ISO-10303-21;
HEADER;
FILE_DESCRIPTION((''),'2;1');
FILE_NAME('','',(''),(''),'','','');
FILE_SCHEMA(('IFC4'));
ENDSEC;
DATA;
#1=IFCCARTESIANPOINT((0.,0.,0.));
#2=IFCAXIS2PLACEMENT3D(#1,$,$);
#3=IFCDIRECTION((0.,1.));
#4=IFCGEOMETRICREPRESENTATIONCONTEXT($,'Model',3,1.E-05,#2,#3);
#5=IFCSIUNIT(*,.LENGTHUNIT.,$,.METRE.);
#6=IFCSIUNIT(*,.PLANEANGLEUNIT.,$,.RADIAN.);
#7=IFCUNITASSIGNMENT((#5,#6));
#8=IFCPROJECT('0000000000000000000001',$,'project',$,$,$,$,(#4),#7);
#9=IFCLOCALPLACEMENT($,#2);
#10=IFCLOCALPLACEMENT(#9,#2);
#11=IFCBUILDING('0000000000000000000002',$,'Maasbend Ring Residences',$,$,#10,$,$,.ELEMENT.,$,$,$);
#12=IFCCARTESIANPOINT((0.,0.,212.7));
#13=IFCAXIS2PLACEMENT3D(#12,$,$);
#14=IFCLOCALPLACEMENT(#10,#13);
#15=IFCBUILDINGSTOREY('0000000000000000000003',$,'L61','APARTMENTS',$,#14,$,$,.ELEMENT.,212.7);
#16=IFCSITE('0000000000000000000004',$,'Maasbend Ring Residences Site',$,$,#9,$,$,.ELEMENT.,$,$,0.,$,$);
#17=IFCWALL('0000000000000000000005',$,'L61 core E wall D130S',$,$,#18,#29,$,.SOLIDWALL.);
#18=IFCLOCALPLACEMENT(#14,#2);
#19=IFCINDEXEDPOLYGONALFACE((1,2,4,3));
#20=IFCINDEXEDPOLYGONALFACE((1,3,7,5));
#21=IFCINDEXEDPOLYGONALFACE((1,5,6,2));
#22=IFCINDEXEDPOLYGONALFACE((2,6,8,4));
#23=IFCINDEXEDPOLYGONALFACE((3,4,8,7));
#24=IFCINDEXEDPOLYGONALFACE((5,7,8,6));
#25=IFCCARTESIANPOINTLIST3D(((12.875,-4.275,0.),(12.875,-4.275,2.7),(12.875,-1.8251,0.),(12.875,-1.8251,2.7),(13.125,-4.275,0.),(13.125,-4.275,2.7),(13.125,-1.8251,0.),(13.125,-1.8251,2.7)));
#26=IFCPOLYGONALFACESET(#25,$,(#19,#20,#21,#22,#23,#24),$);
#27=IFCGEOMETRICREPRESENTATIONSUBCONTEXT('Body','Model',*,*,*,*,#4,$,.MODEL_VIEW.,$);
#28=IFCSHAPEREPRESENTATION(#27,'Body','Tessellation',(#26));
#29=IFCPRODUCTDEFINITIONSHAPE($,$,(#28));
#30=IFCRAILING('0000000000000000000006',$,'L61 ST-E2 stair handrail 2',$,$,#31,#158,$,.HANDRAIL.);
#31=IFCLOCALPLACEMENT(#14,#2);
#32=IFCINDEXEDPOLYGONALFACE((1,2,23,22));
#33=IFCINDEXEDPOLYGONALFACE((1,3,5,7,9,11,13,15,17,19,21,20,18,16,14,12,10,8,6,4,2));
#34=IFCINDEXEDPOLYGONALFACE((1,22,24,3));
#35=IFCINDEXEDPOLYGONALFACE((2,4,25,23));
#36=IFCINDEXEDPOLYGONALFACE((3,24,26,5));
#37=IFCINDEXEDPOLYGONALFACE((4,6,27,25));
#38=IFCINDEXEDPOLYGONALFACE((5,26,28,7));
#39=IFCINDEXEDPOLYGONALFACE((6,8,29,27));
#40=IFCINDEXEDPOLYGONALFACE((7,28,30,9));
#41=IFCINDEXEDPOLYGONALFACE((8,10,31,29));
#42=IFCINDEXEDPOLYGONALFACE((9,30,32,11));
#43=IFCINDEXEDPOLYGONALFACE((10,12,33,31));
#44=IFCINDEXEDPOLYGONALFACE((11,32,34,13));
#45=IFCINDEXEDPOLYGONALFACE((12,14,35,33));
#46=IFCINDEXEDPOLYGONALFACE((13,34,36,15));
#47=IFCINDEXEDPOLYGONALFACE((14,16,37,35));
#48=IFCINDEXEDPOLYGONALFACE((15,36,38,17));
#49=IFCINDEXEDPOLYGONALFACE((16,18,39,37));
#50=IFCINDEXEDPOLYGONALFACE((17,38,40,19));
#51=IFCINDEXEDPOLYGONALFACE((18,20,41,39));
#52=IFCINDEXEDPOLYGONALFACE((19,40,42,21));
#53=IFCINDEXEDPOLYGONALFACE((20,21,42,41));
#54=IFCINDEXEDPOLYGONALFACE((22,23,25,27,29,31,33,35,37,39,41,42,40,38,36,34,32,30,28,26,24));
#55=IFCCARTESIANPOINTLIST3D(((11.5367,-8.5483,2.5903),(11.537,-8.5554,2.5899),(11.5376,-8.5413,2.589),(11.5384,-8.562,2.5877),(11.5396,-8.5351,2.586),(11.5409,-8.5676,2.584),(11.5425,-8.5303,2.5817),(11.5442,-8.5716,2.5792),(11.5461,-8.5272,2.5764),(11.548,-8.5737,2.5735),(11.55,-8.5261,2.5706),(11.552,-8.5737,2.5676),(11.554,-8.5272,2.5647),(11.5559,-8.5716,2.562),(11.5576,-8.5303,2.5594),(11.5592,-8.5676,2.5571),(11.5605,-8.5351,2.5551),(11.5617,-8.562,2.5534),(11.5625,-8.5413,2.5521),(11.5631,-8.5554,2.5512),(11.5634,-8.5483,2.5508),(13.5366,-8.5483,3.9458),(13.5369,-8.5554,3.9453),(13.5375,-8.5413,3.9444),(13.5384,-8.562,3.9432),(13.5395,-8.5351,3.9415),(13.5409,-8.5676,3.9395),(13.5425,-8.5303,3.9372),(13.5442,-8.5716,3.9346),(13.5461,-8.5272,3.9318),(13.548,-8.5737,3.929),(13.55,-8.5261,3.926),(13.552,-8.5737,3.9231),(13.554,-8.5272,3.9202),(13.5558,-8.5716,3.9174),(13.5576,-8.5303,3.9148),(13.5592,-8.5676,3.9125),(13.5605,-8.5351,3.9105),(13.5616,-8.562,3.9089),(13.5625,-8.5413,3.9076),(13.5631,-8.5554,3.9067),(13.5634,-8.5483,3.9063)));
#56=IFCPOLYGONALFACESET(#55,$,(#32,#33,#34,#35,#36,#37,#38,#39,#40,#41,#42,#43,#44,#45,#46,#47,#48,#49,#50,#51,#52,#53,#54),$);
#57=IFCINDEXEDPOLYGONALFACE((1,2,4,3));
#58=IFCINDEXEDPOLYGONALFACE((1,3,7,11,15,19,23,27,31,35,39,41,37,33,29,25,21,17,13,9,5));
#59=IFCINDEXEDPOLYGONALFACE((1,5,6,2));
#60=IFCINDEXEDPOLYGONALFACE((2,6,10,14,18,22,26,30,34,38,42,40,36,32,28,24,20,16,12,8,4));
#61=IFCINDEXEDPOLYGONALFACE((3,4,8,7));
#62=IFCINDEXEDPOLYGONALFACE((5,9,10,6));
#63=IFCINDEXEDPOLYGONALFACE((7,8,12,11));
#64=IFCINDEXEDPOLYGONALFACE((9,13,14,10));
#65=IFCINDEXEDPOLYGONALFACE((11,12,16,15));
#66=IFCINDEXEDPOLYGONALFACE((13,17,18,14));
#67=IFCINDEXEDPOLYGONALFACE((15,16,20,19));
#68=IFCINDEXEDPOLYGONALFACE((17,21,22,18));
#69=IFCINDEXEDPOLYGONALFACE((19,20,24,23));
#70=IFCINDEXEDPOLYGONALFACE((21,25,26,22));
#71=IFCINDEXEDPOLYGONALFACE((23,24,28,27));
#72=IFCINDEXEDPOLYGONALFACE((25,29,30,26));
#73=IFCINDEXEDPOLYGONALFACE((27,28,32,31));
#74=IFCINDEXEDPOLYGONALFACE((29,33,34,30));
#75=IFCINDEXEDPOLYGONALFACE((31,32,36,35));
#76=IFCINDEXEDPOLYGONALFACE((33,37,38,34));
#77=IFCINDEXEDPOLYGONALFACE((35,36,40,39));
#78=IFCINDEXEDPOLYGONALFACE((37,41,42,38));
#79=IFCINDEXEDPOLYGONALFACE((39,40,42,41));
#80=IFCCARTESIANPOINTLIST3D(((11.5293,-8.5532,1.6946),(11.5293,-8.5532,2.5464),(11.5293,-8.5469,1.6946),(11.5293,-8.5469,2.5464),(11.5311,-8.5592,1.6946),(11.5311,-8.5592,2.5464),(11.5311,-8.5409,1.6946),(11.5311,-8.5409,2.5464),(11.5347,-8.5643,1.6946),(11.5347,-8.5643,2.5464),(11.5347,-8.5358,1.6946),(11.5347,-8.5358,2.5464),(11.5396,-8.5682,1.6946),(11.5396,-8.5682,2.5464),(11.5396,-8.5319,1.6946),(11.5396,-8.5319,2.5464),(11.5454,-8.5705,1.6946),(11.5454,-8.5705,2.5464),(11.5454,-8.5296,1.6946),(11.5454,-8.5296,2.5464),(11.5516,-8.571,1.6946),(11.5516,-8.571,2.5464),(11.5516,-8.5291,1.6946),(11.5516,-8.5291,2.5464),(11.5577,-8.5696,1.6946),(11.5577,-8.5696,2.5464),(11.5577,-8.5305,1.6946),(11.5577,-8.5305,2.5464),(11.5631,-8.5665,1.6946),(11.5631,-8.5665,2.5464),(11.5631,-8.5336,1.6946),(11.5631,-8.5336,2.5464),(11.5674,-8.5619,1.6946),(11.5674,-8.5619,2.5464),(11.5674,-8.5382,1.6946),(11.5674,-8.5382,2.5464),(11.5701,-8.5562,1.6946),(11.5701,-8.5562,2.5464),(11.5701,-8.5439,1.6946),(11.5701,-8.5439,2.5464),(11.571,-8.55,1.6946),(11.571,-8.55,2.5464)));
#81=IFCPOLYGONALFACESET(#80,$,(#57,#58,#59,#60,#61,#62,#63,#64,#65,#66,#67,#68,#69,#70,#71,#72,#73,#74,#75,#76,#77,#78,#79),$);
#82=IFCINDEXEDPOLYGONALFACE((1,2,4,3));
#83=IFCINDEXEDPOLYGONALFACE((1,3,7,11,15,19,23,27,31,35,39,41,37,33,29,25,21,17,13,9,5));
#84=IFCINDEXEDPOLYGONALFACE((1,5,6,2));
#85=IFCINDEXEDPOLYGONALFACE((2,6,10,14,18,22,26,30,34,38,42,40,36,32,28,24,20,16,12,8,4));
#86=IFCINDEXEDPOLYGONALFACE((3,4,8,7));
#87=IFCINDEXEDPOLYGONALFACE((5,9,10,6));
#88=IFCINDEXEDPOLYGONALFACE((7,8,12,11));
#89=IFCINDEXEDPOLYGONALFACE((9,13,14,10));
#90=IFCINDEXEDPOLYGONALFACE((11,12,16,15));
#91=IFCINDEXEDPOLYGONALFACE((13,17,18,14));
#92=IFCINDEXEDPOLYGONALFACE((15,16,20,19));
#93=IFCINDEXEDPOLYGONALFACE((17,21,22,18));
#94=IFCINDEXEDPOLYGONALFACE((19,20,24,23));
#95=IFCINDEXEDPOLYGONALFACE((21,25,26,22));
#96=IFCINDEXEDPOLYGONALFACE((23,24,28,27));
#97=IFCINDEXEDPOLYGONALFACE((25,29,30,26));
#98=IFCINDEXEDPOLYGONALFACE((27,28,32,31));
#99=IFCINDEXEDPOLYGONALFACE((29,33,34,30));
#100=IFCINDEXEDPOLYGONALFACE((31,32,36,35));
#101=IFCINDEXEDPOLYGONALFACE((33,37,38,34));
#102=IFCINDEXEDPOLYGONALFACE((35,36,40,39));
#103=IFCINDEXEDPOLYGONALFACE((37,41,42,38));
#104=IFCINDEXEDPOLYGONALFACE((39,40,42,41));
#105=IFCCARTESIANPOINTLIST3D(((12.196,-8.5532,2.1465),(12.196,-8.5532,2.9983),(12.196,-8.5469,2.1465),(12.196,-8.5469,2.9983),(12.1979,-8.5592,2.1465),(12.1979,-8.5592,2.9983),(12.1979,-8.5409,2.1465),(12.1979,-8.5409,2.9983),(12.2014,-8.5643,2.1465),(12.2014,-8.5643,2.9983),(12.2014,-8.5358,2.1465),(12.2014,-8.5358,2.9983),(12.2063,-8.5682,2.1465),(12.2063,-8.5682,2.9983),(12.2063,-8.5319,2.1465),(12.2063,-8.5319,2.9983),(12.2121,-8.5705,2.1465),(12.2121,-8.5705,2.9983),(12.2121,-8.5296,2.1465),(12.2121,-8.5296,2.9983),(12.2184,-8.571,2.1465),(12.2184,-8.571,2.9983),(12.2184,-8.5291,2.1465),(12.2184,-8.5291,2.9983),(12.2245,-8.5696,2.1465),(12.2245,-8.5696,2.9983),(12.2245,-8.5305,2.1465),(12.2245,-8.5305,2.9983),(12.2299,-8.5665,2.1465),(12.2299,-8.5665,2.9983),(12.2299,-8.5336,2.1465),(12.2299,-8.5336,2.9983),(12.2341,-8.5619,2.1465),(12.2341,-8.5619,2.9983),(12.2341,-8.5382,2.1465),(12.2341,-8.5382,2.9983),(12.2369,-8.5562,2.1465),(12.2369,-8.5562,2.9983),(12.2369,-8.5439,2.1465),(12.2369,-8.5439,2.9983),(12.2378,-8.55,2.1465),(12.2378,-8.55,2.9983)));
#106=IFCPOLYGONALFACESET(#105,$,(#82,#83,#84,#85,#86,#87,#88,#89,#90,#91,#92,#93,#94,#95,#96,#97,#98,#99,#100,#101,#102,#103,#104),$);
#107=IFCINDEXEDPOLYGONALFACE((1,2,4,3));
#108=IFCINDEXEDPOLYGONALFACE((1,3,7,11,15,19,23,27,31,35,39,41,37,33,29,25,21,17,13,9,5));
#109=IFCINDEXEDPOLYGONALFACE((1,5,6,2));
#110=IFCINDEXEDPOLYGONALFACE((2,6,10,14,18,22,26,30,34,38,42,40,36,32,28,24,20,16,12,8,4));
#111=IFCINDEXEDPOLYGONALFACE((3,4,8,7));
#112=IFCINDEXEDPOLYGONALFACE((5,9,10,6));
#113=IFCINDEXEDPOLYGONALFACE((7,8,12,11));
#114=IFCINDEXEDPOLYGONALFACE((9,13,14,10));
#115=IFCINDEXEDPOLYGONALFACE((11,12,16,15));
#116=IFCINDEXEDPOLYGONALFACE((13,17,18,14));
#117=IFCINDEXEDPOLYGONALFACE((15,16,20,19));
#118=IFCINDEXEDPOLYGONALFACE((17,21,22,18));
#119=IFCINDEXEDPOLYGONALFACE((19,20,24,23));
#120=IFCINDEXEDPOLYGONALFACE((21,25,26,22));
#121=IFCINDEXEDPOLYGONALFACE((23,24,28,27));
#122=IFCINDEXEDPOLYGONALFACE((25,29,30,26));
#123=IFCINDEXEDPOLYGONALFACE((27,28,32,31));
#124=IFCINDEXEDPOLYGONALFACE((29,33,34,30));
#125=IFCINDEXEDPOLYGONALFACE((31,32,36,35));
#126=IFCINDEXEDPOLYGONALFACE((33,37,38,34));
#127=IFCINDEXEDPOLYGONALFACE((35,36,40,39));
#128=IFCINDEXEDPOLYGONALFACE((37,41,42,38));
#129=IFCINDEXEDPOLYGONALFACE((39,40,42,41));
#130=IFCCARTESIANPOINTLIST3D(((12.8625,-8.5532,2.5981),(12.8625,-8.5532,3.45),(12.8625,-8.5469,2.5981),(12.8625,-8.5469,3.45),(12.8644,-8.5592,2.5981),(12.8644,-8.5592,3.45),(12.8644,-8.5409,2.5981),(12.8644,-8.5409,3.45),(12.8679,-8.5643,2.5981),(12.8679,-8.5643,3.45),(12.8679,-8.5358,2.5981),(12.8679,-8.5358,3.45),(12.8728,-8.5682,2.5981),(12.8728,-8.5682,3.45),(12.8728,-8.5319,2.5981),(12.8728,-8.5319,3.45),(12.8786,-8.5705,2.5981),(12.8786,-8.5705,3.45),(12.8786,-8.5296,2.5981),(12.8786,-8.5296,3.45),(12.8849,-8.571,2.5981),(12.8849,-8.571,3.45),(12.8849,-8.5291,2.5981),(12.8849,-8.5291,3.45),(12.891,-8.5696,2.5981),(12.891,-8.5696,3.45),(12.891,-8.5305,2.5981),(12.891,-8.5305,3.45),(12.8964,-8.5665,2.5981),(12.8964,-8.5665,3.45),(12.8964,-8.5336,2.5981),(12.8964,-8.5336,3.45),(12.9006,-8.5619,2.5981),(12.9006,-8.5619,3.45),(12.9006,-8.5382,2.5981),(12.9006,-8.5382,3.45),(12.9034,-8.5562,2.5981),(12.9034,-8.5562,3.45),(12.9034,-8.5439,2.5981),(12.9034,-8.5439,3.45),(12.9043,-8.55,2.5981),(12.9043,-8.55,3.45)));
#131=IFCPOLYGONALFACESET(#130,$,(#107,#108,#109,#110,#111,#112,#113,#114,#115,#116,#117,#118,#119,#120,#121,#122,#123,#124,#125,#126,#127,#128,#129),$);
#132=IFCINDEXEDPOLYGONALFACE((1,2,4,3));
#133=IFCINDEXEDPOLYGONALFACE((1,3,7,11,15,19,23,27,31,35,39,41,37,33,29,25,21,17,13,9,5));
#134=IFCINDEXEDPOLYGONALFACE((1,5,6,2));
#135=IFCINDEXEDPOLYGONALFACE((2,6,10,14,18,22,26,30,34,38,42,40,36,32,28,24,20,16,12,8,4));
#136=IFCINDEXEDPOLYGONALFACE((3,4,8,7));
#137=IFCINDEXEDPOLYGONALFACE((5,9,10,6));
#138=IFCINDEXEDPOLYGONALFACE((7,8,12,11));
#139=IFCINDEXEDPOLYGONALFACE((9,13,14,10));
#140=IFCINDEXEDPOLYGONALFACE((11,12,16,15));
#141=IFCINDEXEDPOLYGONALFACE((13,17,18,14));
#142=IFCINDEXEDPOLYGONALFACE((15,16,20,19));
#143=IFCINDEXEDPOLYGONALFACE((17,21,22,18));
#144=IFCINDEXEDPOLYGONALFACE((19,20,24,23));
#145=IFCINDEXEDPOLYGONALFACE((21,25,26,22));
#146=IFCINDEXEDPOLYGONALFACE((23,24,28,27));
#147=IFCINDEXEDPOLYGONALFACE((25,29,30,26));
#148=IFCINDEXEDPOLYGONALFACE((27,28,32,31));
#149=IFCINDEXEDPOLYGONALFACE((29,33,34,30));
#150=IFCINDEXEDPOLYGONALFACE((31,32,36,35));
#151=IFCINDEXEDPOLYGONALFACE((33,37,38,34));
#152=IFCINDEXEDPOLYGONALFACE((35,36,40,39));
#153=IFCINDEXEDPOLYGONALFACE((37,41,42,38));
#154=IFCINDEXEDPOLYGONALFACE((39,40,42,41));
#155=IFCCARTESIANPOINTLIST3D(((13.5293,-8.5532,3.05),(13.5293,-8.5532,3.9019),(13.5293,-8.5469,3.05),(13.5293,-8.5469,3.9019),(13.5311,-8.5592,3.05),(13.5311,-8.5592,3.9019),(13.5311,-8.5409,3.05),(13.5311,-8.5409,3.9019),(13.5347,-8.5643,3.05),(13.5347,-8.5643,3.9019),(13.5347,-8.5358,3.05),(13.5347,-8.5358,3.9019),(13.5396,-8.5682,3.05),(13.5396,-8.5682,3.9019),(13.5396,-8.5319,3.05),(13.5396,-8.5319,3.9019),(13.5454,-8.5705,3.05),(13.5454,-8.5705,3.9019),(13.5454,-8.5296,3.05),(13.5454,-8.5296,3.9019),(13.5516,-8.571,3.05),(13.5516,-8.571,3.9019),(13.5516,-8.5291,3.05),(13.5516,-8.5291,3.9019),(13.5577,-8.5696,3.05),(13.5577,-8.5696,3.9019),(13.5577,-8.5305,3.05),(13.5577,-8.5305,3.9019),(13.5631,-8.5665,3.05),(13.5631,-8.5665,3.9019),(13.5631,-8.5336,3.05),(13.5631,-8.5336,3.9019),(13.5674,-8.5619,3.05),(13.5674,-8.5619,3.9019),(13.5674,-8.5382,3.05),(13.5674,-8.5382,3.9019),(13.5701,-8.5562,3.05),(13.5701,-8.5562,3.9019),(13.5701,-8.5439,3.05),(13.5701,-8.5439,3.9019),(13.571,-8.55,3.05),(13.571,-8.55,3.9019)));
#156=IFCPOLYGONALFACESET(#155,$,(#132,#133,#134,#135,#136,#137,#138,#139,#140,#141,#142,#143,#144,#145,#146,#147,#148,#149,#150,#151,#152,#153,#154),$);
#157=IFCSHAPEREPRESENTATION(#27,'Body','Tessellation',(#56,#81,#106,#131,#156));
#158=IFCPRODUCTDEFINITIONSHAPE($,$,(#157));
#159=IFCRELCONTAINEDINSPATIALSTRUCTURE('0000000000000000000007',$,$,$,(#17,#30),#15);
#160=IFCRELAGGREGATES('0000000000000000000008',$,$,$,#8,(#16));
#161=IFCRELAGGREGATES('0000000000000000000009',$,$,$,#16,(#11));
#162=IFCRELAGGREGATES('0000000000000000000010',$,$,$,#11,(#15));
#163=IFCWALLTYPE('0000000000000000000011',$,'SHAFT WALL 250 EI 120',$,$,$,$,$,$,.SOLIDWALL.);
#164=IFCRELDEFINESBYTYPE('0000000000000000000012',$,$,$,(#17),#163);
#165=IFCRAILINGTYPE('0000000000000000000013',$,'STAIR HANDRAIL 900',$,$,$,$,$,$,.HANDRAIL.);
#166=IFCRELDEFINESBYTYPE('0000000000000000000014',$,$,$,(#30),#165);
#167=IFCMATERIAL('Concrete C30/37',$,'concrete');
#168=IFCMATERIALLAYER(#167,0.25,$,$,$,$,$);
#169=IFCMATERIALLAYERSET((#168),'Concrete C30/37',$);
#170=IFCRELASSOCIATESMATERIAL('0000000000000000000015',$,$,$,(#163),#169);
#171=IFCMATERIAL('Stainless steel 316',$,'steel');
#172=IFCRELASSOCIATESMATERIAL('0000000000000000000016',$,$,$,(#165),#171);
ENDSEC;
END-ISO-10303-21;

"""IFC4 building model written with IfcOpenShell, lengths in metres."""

from ifc_helpers import new_model, si_unit, direction, frame, frame_2d, origin, origin_2d, place, context, subcontext, project, spatial, rectangle, circle, extrude, material, layer, layer_set, type_object, element, save


model = new_model("IFC4")

# Units and contexts
model_context = context("Model", 3, precision=1e-05, world=origin(), true_north=direction((0.0, 1.0)))
body_context = subcontext(model_context, "Body", "Model", "MODEL_VIEW")
ifc_project = project(units=[si_unit("LENGTHUNIT", "METRE"), si_unit("PLANEANGLEUNIT", "RADIAN")], contexts=[model_context])

# Site, building, storey
site_placement = place(None, origin())
site = spatial("IfcSite", under=ifc_project, at=site_placement, Name="Maasbend Ring Residences Site", CompositionType="ELEMENT", RefElevation=0.0)
building_placement = place(site_placement, origin())
building = spatial("IfcBuilding", under=site, at=building_placement, Name="Maasbend Ring Residences", CompositionType="ELEMENT")
storey_placement = place(building_placement, frame((0.0, 0.0, 212.7)))
storey = spatial("IfcBuildingStorey", under=building, at=storey_placement, Name="L61", Description="APARTMENTS", CompositionType="ELEMENT", Elevation=212.7)

# Wall
ifc_material_1 = material(Name="Concrete C30/37", Category="concrete")
ifc_layer_1 = layer(ifc_material_1, 0.25)
ifc_layer_set_1 = layer_set([ifc_layer_1], Name="Concrete C30/37")
wall_type_1 = type_object("IfcWallType", Name="SHAFT WALL 250 EI 120", PredefinedType="SOLIDWALL", material=ifc_layer_set_1)
for number, where, z_axis, x_axis, name in (
    (1, (13.0, -1.825, 0.0), (0.0, 0.0, 1.0), (0.0, -1.0, 0.0), "L61 core E wall D130S"),
):
    element("IfcWall", number, at=place(storey_placement, frame(where, z_axis=z_axis, x_axis=x_axis)), inside=storey, type_object=wall_type_1, Name=name, PredefinedType="SOLIDWALL", context=body_context, shape_type="SweptSolid", body=[
        extrude(rectangle(XDim=2.45, YDim=0.25, at=frame_2d((1.2251, 0.0))), origin(), (0.0, 0.0, 1.0), 2.7),
    ])

# Railing
ifc_material_2 = material(Name="Stainless steel 316", Category="steel")
railing_type = type_object("IfcRailingType", Name="STAIR HANDRAIL 900", PredefinedType="HANDRAIL", material=ifc_material_2)
railing_placement = place(storey_placement, frame((11.55, -8.55, 1.6946)))
element("IfcRailing", 2, at=railing_placement, inside=storey, type_object=railing_type, Name="L61 ST-E2 stair handrail 2", PredefinedType="HANDRAIL", context=body_context, shape_type="SweptSolid", body=[
    extrude(circle(Radius=0.0239, at=origin_2d()), frame((0.0, 0.0, 0.876), z_axis=(0.827798, 0.0, 0.561027), x_axis=(0.0, 1.0, 0.0)), (0.0, 0.0, 1.0), 2.416),
    extrude(circle(Radius=0.021, at=origin_2d()), origin(), (0.0, 0.0, 1.0), 0.8518),
    extrude(circle(Radius=0.021, at=origin_2d()), frame((0.6667, 0.0, 0.4519)), (0.0, 0.0, 1.0), 0.8518),
    extrude(circle(Radius=0.021, at=origin_2d()), frame((1.3333, 0.0, 0.9036)), (0.0, 0.0, 1.0), 0.8518),
    extrude(circle(Radius=0.021, at=origin_2d()), frame((2.0, 0.0, 1.3555)), (0.0, 0.0, 1.0), 0.8518),
])

save(model, "model.ifc")
